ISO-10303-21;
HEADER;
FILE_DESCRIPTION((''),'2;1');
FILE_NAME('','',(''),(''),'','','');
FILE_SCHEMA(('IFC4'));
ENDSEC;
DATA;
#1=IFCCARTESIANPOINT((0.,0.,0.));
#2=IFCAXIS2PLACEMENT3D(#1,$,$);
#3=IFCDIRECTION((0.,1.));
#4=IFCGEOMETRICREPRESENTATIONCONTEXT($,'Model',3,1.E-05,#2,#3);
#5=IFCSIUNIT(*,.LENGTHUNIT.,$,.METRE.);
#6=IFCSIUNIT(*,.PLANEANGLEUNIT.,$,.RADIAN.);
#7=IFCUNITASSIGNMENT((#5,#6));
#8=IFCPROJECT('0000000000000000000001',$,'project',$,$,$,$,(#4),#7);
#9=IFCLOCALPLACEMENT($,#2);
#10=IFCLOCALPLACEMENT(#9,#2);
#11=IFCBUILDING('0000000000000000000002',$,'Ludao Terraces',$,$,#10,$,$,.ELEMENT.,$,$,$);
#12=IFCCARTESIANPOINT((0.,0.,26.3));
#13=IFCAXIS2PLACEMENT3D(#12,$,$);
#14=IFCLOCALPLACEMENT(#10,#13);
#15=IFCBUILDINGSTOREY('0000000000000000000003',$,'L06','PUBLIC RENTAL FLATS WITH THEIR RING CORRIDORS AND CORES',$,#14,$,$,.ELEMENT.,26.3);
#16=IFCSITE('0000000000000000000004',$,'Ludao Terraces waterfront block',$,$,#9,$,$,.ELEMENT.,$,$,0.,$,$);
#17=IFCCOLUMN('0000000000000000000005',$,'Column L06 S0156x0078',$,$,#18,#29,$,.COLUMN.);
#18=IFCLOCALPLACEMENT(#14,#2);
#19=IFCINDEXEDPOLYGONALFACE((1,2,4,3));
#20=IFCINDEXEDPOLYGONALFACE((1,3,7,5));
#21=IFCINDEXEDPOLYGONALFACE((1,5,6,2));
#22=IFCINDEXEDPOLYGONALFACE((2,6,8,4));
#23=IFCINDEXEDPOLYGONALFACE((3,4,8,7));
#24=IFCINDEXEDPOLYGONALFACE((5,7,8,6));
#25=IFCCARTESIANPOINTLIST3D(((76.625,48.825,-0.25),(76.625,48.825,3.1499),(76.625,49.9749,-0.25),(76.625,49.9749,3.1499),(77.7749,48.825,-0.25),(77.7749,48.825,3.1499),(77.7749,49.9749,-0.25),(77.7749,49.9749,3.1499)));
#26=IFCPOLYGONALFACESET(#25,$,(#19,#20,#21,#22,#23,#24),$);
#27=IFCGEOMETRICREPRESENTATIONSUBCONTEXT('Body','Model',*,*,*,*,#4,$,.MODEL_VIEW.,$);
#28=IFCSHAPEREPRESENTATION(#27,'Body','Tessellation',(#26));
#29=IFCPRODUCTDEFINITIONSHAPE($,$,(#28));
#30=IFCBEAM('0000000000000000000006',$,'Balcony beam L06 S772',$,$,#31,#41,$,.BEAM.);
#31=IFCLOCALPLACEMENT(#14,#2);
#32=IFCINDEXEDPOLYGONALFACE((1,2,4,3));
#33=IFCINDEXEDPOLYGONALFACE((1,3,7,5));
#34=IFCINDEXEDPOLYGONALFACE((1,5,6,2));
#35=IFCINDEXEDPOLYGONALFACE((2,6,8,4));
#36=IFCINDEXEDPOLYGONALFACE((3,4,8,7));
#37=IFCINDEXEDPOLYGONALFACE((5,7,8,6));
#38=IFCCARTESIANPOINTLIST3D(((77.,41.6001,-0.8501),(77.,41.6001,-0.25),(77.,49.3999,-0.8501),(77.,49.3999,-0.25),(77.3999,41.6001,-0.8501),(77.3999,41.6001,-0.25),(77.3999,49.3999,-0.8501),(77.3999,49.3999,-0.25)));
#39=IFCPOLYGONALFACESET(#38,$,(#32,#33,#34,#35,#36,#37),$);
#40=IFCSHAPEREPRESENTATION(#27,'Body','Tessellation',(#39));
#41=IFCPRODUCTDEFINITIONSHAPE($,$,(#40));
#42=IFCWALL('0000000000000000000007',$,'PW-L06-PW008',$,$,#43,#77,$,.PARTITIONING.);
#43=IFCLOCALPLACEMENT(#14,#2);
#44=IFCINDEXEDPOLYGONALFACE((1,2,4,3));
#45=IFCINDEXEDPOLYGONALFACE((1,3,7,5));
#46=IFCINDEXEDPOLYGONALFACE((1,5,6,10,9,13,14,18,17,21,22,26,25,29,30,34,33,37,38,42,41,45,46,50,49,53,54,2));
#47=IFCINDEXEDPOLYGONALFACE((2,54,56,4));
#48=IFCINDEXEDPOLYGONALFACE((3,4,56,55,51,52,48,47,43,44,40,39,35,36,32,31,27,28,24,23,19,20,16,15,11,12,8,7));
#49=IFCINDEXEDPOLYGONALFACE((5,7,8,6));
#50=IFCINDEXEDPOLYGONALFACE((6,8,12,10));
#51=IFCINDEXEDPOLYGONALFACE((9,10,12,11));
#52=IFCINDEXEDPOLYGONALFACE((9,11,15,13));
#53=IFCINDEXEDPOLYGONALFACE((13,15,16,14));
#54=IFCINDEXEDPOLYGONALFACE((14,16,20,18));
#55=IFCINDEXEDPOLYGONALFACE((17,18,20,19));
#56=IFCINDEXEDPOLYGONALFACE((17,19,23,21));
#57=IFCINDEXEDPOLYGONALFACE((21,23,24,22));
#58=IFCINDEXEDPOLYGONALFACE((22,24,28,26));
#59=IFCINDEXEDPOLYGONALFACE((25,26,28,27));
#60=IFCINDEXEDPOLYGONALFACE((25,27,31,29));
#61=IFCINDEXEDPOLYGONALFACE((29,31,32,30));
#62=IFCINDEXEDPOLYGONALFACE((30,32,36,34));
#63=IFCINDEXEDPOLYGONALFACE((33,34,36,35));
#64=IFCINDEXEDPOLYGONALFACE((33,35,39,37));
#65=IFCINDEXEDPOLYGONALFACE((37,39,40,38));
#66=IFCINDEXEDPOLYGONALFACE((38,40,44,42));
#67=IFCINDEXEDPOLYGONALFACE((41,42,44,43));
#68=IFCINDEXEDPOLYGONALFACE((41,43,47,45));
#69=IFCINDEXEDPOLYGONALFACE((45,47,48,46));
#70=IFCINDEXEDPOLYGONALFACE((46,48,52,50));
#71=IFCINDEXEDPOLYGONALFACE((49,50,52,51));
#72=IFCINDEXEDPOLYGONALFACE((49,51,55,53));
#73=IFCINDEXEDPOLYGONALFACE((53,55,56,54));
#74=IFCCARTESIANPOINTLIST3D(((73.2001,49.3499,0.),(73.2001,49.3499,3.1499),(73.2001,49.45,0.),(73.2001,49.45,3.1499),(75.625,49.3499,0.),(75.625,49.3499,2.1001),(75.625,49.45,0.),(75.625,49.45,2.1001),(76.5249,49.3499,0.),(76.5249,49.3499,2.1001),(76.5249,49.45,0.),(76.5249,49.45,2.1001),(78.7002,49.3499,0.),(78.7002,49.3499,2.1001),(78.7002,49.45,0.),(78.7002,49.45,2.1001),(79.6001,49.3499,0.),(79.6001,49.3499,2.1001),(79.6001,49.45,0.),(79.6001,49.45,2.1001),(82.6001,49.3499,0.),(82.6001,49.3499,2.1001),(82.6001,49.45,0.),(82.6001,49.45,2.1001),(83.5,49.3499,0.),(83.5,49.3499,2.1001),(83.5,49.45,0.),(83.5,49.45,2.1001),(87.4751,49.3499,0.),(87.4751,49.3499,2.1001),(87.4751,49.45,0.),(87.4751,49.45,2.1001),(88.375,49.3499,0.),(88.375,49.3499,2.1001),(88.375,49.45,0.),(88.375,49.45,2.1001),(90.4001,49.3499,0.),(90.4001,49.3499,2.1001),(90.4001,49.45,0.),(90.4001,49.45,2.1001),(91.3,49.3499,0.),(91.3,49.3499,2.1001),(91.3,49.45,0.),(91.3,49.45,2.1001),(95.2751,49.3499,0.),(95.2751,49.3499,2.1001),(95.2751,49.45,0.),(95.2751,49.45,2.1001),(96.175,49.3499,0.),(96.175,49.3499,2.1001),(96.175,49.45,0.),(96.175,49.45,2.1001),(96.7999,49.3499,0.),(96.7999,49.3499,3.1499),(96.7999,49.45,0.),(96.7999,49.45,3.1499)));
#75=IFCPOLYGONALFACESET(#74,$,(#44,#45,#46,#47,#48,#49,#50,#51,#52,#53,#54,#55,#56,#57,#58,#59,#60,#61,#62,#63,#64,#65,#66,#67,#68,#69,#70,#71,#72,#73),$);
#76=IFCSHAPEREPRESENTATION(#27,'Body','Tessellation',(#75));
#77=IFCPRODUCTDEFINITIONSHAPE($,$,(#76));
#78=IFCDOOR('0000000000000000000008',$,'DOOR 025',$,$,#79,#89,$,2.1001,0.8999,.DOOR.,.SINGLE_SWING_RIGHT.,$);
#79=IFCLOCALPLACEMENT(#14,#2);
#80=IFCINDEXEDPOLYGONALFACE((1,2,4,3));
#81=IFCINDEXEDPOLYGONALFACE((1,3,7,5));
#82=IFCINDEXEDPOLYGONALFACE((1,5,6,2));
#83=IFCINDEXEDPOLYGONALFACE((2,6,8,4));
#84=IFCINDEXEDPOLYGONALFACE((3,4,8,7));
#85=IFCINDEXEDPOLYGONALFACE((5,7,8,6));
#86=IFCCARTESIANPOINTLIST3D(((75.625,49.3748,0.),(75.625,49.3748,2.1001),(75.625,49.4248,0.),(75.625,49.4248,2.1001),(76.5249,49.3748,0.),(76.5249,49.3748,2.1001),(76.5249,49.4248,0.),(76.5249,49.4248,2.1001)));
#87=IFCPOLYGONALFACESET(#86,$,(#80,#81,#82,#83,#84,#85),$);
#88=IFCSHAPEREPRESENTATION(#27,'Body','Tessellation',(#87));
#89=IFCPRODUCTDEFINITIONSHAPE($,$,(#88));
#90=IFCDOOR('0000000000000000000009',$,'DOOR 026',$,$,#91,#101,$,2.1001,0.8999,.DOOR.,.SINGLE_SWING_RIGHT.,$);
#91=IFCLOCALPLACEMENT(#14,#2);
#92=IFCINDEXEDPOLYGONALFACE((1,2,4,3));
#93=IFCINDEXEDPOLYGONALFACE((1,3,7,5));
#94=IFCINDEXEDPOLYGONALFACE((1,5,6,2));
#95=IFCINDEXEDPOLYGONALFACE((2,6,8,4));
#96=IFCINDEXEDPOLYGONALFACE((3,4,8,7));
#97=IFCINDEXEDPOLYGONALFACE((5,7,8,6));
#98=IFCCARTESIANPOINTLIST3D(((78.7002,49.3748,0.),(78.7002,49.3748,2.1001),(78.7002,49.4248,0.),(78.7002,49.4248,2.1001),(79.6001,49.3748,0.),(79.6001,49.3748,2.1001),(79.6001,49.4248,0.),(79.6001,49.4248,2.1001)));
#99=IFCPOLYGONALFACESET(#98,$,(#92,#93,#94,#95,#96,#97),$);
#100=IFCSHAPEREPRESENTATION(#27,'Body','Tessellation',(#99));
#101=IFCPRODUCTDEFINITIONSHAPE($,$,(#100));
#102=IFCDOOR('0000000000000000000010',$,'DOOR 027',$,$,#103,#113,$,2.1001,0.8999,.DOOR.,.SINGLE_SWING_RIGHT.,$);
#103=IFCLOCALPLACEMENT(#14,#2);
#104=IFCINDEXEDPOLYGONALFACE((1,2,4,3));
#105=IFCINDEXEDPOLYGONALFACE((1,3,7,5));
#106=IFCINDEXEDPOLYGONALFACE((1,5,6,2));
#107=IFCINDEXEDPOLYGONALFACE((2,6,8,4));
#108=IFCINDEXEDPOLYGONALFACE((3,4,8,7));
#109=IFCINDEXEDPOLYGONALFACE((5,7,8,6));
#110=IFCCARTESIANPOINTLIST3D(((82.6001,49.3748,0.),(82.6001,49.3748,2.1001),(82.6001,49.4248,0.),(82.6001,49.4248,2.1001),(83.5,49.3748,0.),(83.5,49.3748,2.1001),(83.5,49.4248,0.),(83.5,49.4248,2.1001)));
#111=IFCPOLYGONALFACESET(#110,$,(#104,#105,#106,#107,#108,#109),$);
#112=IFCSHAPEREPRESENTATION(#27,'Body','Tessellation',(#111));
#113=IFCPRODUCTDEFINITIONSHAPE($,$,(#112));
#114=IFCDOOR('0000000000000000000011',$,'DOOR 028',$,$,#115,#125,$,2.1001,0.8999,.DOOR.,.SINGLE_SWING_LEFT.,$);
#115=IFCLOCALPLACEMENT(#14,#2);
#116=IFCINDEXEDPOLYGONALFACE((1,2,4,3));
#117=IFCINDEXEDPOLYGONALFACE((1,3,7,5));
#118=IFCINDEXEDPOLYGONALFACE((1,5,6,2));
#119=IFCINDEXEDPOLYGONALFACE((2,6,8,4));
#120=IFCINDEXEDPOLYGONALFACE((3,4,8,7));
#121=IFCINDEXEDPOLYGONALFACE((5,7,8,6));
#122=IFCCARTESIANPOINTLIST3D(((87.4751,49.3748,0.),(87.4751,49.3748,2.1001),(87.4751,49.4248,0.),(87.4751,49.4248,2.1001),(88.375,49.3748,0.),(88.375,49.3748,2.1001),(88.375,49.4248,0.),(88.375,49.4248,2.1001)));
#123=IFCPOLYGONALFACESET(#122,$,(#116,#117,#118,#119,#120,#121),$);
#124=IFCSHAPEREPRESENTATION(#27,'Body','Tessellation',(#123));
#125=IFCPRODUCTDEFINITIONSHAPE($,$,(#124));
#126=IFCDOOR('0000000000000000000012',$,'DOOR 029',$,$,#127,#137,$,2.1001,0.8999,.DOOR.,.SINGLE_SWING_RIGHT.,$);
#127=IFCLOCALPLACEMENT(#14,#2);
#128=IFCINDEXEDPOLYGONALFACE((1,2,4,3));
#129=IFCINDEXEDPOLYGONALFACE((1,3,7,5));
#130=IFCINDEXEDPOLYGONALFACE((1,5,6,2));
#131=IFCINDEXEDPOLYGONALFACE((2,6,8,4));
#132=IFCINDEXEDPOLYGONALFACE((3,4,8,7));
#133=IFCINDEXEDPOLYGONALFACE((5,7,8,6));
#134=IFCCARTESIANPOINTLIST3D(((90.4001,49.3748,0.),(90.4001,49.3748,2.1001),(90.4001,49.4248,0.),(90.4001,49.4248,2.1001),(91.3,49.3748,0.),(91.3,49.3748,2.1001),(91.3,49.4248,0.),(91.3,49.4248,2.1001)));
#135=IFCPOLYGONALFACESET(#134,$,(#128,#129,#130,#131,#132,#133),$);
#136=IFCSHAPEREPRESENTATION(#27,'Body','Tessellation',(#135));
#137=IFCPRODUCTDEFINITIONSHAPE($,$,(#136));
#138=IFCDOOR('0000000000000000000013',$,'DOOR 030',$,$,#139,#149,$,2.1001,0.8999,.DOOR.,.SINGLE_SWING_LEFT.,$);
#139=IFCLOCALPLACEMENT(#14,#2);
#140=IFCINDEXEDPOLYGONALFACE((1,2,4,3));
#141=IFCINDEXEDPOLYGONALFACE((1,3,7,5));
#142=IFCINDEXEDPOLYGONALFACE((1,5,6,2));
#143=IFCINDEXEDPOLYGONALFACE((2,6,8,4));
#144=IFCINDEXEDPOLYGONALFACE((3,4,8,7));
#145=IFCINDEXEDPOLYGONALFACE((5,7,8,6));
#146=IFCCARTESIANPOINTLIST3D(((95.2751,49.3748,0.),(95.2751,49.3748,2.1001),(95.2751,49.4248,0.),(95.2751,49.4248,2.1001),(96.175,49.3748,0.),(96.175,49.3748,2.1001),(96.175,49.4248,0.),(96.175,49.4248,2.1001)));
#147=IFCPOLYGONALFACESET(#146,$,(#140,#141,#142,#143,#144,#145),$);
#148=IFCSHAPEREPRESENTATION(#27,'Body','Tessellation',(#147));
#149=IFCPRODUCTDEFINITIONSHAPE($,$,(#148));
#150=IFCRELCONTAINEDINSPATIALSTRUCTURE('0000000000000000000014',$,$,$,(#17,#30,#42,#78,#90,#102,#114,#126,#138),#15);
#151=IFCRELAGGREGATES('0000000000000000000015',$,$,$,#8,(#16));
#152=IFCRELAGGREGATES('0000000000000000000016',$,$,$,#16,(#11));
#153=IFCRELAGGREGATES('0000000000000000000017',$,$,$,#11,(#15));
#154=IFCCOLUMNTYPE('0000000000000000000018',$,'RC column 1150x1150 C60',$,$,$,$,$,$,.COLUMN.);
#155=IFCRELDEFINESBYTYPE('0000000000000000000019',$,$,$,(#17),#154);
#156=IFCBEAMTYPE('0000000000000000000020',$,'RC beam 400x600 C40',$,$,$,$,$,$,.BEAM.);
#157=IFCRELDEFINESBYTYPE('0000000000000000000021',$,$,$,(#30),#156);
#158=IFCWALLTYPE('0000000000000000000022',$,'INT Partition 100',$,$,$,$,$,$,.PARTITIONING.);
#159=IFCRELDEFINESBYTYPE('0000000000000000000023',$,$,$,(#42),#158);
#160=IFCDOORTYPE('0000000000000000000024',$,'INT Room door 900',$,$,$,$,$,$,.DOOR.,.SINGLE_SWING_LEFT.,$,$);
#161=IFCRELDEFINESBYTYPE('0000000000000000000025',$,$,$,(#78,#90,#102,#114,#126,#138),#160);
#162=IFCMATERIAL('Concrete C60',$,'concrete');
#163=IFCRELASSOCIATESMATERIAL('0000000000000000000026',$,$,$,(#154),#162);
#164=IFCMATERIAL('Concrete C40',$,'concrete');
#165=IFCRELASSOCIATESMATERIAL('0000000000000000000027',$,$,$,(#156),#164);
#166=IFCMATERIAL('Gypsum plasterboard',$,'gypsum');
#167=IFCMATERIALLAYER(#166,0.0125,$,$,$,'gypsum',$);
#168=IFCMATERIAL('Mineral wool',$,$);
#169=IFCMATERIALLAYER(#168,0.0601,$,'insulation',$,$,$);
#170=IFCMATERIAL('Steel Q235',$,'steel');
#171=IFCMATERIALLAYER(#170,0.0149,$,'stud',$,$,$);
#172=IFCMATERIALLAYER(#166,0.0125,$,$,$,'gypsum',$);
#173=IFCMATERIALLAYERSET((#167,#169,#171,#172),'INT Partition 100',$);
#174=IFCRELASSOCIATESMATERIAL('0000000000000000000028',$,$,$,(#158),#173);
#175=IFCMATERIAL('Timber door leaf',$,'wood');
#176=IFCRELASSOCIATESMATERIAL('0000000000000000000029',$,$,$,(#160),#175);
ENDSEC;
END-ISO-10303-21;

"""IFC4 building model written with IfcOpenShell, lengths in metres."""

from ifc_helpers import new_model, si_unit, direction, frame, frame_2d, origin, origin_2d, place, context, subcontext, project, spatial, rectangle, extrude, material, layer, layer_set, material_profile, profile_set, type_object, element, fill, save


model = new_model("IFC4")

# Units and contexts
model_context = context("Model", 3, precision=1e-05, world=origin(), true_north=direction((0.0, 1.0)))
body_context = subcontext(model_context, "Body", "Model", "MODEL_VIEW")
ifc_project = project(units=[si_unit("LENGTHUNIT", "METRE"), si_unit("PLANEANGLEUNIT", "RADIAN")], contexts=[model_context])

# Site, building, storey
site_placement = place(None, origin())
site = spatial("IfcSite", under=ifc_project, at=site_placement, Name="Ludao Terraces waterfront block", CompositionType="ELEMENT", RefElevation=0.0)
building_placement = place(site_placement, origin())
building = spatial("IfcBuilding", under=site, at=building_placement, Name="Ludao Terraces", CompositionType="ELEMENT")
storey_placement = place(building_placement, frame((0.0, 0.0, 26.3)))
storey = spatial("IfcBuildingStorey", under=building, at=storey_placement, Name="L06", Description="PUBLIC RENTAL FLATS WITH THEIR RING CORRIDORS AND CORES", CompositionType="ELEMENT", Elevation=26.3)

# Column
ifc_material_1 = material(Name="Concrete C60", Category="concrete")
ifc_material_profile_1 = material_profile(ifc_material_1, rectangle(XDim=1.1499, YDim=1.1499, at=origin_2d()), Name="1150 X 1150")
ifc_profile_set_1 = profile_set([ifc_material_profile_1], Name="Concrete C60")
column_type = type_object("IfcColumnType", Name="RC column 1150x1150 C60", PredefinedType="COLUMN", material=ifc_profile_set_1)
column_placement = place(storey_placement, frame((77.2, 49.3999, -0.25), z_axis=(0.0, 0.0, 1.0), x_axis=(1.0, 0.0, 0.0)))
element("IfcColumn", 1, at=column_placement, inside=storey, type_object=column_type, Name="Column L06 S0156x0078", PredefinedType="COLUMN", context=body_context, shape_type="SweptSolid", body=[
    extrude(rectangle(XDim=1.1499, YDim=1.1499, at=origin_2d()), origin(), (0.0, 0.0, 1.0), 3.3999),
])

# Beam
ifc_material_2 = material(Name="Concrete C40", Category="concrete")
ifc_material_profile_2 = material_profile(ifc_material_2, rectangle(XDim=0.3999, YDim=0.6001, at=origin_2d()), Name="400 X 600")
ifc_profile_set_2 = profile_set([ifc_material_profile_2], Name="Concrete C40")
beam_type = type_object("IfcBeamType", Name="RC beam 400x600 C40", PredefinedType="BEAM", material=ifc_profile_set_2)
beam_placement = place(storey_placement, frame((77.2, 49.3999, -0.55), z_axis=(0.0, -1.0, 0.0), x_axis=(1.0, 0.0, 0.0)))
element("IfcBeam", 2, at=beam_placement, inside=storey, type_object=beam_type, Name="Balcony beam L06 S772", PredefinedType="BEAM", context=body_context, shape_type="SweptSolid", body=[
    extrude(rectangle(XDim=0.3999, YDim=0.6001, at=origin_2d()), origin(), (0.0, 0.0, 1.0), 7.7998),
])

# Wall, openings, doors
ifc_material_3 = material(Name="Gypsum plasterboard", Category="gypsum")
ifc_layer_1 = layer(ifc_material_3, 0.0125, Category="gypsum")
ifc_material_4 = material(Name="Mineral wool")
ifc_layer_2 = layer(ifc_material_4, 0.0601, Name="insulation")
ifc_material_5 = material(Name="Steel Q235", Category="steel")
ifc_layer_3 = layer(ifc_material_5, 0.0149, Name="stud")
ifc_layer_4 = layer(ifc_material_3, 0.0125, Category="gypsum")
ifc_layer_set = layer_set([ifc_layer_1, ifc_layer_2, ifc_layer_3, ifc_layer_4], Name="INT Partition 100")
wall_type = type_object("IfcWallType", Name="INT Partition 100", PredefinedType="PARTITIONING", material=ifc_layer_set)
wall_1_placement = place(storey_placement, frame((73.2002, 49.3999, 0.0), z_axis=(0.0, 0.0, 1.0), x_axis=(1.0, 0.0, 0.0)))
wall_1 = element("IfcWall", 3, at=wall_1_placement, inside=storey, type_object=wall_type, Name="PW-L06-PW008", PredefinedType="PARTITIONING", context=body_context, shape_type="SweptSolid", body=[
    extrude(rectangle(XDim=23.5999, YDim=0.1001, at=frame_2d((11.7998, 0.0))), origin(), (0.0, 0.0, 1.0), 3.1499),
])
opening_1_placement = place(wall_1_placement, frame((2.4248, 0.0, 0.0)))
opening_1 = element("IfcOpeningElement", 4, at=opening_1_placement, cuts=wall_1, PredefinedType="OPENING", context=body_context, shape_type="SweptSolid", body=[
    extrude(rectangle(XDim=0.8999, YDim=2.1001, at=frame_2d((0.45, 1.05))), frame((0.0, 0.0601, 0.0), z_axis=(0.0, -1.0, 0.0), x_axis=(1.0, 0.0, 0.0)), (0.0, 0.0, 1.0), 0.1201),
])
opening_2_placement = place(wall_1_placement, frame((5.5, 0.0, 0.0)))
opening_2 = element("IfcOpeningElement", 5, at=opening_2_placement, cuts=wall_1, PredefinedType="OPENING", context=body_context, shape_type="SweptSolid", body=[
    extrude(rectangle(XDim=0.8999, YDim=2.1001, at=frame_2d((0.45, 1.05))), frame((0.0, 0.0601, 0.0), z_axis=(0.0, -1.0, 0.0), x_axis=(1.0, 0.0, 0.0)), (0.0, 0.0, 1.0), 0.1201),
])
opening_3_placement = place(wall_1_placement, frame((9.3999, 0.0, 0.0)))
opening_3 = element("IfcOpeningElement", 6, at=opening_3_placement, cuts=wall_1, PredefinedType="OPENING", context=body_context, shape_type="SweptSolid", body=[
    extrude(rectangle(XDim=0.8999, YDim=2.1001, at=frame_2d((0.45, 1.05))), frame((0.0, 0.0601, 0.0), z_axis=(0.0, -1.0, 0.0), x_axis=(1.0, 0.0, 0.0)), (0.0, 0.0, 1.0), 0.1201),
])
opening_4_placement = place(wall_1_placement, frame((14.2749, 0.0, 0.0)))
opening_4 = element("IfcOpeningElement", 7, at=opening_4_placement, cuts=wall_1, PredefinedType="OPENING", context=body_context, shape_type="SweptSolid", body=[
    extrude(rectangle(XDim=0.8999, YDim=2.1001, at=frame_2d((0.45, 1.05))), frame((0.0, 0.0601, 0.0), z_axis=(0.0, -1.0, 0.0), x_axis=(1.0, 0.0, 0.0)), (0.0, 0.0, 1.0), 0.1201),
])
opening_5_placement = place(wall_1_placement, frame((17.2, 0.0, 0.0)))
opening_5 = element("IfcOpeningElement", 8, at=opening_5_placement, cuts=wall_1, PredefinedType="OPENING", context=body_context, shape_type="SweptSolid", body=[
    extrude(rectangle(XDim=0.8999, YDim=2.1001, at=frame_2d((0.45, 1.05))), frame((0.0, 0.0601, 0.0), z_axis=(0.0, -1.0, 0.0), x_axis=(1.0, 0.0, 0.0)), (0.0, 0.0, 1.0), 0.1201),
])
opening_6_placement = place(wall_1_placement, frame((22.075, 0.0, 0.0)))
opening_6 = element("IfcOpeningElement", 9, at=opening_6_placement, cuts=wall_1, PredefinedType="OPENING", context=body_context, shape_type="SweptSolid", body=[
    extrude(rectangle(XDim=0.8999, YDim=2.1001, at=frame_2d((0.45, 1.05))), frame((0.0, 0.0601, 0.0), z_axis=(0.0, -1.0, 0.0), x_axis=(1.0, 0.0, 0.0)), (0.0, 0.0, 1.0), 0.1201),
])
ifc_material_6 = material(Name="Timber door leaf", Category="wood")
door_type_1 = type_object("IfcDoorType", Name="INT Room door 900", OperationType="SINGLE_SWING_LEFT", PredefinedType="DOOR", material=ifc_material_6)
door_1_placement = place(opening_1_placement, origin())
door_1 = element("IfcDoor", 10, at=door_1_placement, inside=storey, type_object=door_type_1, Name="DOOR 025", OperationType="SINGLE_SWING_RIGHT", OverallHeight=2.1001, OverallWidth=0.8999, PredefinedType="DOOR", context=body_context, shape_type="SweptSolid", body=[
    extrude(rectangle(XDim=0.8999, YDim=2.1001, at=frame_2d((0.45, 1.05))), frame((0.0, 0.0249, 0.0), z_axis=(0.0, -1.0, 0.0), x_axis=(1.0, 0.0, 0.0)), (0.0, 0.0, 1.0), 0.05),
])
fill(opening_1, door_1)
door_2_placement = place(opening_2_placement, origin())
door_2 = element("IfcDoor", 11, at=door_2_placement, inside=storey, type_object=door_type_1, Name="DOOR 026", OperationType="SINGLE_SWING_RIGHT", OverallHeight=2.1001, OverallWidth=0.8999, PredefinedType="DOOR", context=body_context, shape_type="SweptSolid", body=[
    extrude(rectangle(XDim=0.8999, YDim=2.1001, at=frame_2d((0.45, 1.05))), frame((0.0, 0.0249, 0.0), z_axis=(0.0, -1.0, 0.0), x_axis=(1.0, 0.0, 0.0)), (0.0, 0.0, 1.0), 0.05),
])
fill(opening_2, door_2)
door_3_placement = place(opening_3_placement, origin())
door_3 = element("IfcDoor", 12, at=door_3_placement, inside=storey, type_object=door_type_1, Name="DOOR 027", OperationType="SINGLE_SWING_RIGHT", OverallHeight=2.1001, OverallWidth=0.8999, PredefinedType="DOOR", context=body_context, shape_type="SweptSolid", body=[
    extrude(rectangle(XDim=0.8999, YDim=2.1001, at=frame_2d((0.45, 1.05))), frame((0.0, 0.0249, 0.0), z_axis=(0.0, -1.0, 0.0), x_axis=(1.0, 0.0, 0.0)), (0.0, 0.0, 1.0), 0.05),
])
fill(opening_3, door_3)
door_4_placement = place(opening_4_placement, origin())
door_4 = element("IfcDoor", 13, at=door_4_placement, inside=storey, type_object=door_type_1, Name="DOOR 028", OperationType="SINGLE_SWING_LEFT", OverallHeight=2.1001, OverallWidth=0.8999, PredefinedType="DOOR", context=body_context, shape_type="SweptSolid", body=[
    extrude(rectangle(XDim=0.8999, YDim=2.1001, at=frame_2d((0.45, 1.05))), frame((0.0, 0.0249, 0.0), z_axis=(0.0, -1.0, 0.0), x_axis=(1.0, 0.0, 0.0)), (0.0, 0.0, 1.0), 0.05),
])
fill(opening_4, door_4)
door_5_placement = place(opening_5_placement, origin())
door_5 = element("IfcDoor", 14, at=door_5_placement, inside=storey, type_object=door_type_1, Name="DOOR 029", OperationType="SINGLE_SWING_RIGHT", OverallHeight=2.1001, OverallWidth=0.8999, PredefinedType="DOOR", context=body_context, shape_type="SweptSolid", body=[
    extrude(rectangle(XDim=0.8999, YDim=2.1001, at=frame_2d((0.45, 1.05))), frame((0.0, 0.0249, 0.0), z_axis=(0.0, -1.0, 0.0), x_axis=(1.0, 0.0, 0.0)), (0.0, 0.0, 1.0), 0.05),
])
fill(opening_5, door_5)
door_6_placement = place(opening_6_placement, origin())
door_6 = element("IfcDoor", 15, at=door_6_placement, inside=storey, type_object=door_type_1, Name="DOOR 030", OperationType="SINGLE_SWING_LEFT", OverallHeight=2.1001, OverallWidth=0.8999, PredefinedType="DOOR", context=body_context, shape_type="SweptSolid", body=[
    extrude(rectangle(XDim=0.8999, YDim=2.1001, at=frame_2d((0.45, 1.05))), frame((0.0, 0.0249, 0.0), z_axis=(0.0, -1.0, 0.0), x_axis=(1.0, 0.0, 0.0)), (0.0, 0.0, 1.0), 0.05),
])
fill(opening_6, door_6)

save(model, "model.ifc")
